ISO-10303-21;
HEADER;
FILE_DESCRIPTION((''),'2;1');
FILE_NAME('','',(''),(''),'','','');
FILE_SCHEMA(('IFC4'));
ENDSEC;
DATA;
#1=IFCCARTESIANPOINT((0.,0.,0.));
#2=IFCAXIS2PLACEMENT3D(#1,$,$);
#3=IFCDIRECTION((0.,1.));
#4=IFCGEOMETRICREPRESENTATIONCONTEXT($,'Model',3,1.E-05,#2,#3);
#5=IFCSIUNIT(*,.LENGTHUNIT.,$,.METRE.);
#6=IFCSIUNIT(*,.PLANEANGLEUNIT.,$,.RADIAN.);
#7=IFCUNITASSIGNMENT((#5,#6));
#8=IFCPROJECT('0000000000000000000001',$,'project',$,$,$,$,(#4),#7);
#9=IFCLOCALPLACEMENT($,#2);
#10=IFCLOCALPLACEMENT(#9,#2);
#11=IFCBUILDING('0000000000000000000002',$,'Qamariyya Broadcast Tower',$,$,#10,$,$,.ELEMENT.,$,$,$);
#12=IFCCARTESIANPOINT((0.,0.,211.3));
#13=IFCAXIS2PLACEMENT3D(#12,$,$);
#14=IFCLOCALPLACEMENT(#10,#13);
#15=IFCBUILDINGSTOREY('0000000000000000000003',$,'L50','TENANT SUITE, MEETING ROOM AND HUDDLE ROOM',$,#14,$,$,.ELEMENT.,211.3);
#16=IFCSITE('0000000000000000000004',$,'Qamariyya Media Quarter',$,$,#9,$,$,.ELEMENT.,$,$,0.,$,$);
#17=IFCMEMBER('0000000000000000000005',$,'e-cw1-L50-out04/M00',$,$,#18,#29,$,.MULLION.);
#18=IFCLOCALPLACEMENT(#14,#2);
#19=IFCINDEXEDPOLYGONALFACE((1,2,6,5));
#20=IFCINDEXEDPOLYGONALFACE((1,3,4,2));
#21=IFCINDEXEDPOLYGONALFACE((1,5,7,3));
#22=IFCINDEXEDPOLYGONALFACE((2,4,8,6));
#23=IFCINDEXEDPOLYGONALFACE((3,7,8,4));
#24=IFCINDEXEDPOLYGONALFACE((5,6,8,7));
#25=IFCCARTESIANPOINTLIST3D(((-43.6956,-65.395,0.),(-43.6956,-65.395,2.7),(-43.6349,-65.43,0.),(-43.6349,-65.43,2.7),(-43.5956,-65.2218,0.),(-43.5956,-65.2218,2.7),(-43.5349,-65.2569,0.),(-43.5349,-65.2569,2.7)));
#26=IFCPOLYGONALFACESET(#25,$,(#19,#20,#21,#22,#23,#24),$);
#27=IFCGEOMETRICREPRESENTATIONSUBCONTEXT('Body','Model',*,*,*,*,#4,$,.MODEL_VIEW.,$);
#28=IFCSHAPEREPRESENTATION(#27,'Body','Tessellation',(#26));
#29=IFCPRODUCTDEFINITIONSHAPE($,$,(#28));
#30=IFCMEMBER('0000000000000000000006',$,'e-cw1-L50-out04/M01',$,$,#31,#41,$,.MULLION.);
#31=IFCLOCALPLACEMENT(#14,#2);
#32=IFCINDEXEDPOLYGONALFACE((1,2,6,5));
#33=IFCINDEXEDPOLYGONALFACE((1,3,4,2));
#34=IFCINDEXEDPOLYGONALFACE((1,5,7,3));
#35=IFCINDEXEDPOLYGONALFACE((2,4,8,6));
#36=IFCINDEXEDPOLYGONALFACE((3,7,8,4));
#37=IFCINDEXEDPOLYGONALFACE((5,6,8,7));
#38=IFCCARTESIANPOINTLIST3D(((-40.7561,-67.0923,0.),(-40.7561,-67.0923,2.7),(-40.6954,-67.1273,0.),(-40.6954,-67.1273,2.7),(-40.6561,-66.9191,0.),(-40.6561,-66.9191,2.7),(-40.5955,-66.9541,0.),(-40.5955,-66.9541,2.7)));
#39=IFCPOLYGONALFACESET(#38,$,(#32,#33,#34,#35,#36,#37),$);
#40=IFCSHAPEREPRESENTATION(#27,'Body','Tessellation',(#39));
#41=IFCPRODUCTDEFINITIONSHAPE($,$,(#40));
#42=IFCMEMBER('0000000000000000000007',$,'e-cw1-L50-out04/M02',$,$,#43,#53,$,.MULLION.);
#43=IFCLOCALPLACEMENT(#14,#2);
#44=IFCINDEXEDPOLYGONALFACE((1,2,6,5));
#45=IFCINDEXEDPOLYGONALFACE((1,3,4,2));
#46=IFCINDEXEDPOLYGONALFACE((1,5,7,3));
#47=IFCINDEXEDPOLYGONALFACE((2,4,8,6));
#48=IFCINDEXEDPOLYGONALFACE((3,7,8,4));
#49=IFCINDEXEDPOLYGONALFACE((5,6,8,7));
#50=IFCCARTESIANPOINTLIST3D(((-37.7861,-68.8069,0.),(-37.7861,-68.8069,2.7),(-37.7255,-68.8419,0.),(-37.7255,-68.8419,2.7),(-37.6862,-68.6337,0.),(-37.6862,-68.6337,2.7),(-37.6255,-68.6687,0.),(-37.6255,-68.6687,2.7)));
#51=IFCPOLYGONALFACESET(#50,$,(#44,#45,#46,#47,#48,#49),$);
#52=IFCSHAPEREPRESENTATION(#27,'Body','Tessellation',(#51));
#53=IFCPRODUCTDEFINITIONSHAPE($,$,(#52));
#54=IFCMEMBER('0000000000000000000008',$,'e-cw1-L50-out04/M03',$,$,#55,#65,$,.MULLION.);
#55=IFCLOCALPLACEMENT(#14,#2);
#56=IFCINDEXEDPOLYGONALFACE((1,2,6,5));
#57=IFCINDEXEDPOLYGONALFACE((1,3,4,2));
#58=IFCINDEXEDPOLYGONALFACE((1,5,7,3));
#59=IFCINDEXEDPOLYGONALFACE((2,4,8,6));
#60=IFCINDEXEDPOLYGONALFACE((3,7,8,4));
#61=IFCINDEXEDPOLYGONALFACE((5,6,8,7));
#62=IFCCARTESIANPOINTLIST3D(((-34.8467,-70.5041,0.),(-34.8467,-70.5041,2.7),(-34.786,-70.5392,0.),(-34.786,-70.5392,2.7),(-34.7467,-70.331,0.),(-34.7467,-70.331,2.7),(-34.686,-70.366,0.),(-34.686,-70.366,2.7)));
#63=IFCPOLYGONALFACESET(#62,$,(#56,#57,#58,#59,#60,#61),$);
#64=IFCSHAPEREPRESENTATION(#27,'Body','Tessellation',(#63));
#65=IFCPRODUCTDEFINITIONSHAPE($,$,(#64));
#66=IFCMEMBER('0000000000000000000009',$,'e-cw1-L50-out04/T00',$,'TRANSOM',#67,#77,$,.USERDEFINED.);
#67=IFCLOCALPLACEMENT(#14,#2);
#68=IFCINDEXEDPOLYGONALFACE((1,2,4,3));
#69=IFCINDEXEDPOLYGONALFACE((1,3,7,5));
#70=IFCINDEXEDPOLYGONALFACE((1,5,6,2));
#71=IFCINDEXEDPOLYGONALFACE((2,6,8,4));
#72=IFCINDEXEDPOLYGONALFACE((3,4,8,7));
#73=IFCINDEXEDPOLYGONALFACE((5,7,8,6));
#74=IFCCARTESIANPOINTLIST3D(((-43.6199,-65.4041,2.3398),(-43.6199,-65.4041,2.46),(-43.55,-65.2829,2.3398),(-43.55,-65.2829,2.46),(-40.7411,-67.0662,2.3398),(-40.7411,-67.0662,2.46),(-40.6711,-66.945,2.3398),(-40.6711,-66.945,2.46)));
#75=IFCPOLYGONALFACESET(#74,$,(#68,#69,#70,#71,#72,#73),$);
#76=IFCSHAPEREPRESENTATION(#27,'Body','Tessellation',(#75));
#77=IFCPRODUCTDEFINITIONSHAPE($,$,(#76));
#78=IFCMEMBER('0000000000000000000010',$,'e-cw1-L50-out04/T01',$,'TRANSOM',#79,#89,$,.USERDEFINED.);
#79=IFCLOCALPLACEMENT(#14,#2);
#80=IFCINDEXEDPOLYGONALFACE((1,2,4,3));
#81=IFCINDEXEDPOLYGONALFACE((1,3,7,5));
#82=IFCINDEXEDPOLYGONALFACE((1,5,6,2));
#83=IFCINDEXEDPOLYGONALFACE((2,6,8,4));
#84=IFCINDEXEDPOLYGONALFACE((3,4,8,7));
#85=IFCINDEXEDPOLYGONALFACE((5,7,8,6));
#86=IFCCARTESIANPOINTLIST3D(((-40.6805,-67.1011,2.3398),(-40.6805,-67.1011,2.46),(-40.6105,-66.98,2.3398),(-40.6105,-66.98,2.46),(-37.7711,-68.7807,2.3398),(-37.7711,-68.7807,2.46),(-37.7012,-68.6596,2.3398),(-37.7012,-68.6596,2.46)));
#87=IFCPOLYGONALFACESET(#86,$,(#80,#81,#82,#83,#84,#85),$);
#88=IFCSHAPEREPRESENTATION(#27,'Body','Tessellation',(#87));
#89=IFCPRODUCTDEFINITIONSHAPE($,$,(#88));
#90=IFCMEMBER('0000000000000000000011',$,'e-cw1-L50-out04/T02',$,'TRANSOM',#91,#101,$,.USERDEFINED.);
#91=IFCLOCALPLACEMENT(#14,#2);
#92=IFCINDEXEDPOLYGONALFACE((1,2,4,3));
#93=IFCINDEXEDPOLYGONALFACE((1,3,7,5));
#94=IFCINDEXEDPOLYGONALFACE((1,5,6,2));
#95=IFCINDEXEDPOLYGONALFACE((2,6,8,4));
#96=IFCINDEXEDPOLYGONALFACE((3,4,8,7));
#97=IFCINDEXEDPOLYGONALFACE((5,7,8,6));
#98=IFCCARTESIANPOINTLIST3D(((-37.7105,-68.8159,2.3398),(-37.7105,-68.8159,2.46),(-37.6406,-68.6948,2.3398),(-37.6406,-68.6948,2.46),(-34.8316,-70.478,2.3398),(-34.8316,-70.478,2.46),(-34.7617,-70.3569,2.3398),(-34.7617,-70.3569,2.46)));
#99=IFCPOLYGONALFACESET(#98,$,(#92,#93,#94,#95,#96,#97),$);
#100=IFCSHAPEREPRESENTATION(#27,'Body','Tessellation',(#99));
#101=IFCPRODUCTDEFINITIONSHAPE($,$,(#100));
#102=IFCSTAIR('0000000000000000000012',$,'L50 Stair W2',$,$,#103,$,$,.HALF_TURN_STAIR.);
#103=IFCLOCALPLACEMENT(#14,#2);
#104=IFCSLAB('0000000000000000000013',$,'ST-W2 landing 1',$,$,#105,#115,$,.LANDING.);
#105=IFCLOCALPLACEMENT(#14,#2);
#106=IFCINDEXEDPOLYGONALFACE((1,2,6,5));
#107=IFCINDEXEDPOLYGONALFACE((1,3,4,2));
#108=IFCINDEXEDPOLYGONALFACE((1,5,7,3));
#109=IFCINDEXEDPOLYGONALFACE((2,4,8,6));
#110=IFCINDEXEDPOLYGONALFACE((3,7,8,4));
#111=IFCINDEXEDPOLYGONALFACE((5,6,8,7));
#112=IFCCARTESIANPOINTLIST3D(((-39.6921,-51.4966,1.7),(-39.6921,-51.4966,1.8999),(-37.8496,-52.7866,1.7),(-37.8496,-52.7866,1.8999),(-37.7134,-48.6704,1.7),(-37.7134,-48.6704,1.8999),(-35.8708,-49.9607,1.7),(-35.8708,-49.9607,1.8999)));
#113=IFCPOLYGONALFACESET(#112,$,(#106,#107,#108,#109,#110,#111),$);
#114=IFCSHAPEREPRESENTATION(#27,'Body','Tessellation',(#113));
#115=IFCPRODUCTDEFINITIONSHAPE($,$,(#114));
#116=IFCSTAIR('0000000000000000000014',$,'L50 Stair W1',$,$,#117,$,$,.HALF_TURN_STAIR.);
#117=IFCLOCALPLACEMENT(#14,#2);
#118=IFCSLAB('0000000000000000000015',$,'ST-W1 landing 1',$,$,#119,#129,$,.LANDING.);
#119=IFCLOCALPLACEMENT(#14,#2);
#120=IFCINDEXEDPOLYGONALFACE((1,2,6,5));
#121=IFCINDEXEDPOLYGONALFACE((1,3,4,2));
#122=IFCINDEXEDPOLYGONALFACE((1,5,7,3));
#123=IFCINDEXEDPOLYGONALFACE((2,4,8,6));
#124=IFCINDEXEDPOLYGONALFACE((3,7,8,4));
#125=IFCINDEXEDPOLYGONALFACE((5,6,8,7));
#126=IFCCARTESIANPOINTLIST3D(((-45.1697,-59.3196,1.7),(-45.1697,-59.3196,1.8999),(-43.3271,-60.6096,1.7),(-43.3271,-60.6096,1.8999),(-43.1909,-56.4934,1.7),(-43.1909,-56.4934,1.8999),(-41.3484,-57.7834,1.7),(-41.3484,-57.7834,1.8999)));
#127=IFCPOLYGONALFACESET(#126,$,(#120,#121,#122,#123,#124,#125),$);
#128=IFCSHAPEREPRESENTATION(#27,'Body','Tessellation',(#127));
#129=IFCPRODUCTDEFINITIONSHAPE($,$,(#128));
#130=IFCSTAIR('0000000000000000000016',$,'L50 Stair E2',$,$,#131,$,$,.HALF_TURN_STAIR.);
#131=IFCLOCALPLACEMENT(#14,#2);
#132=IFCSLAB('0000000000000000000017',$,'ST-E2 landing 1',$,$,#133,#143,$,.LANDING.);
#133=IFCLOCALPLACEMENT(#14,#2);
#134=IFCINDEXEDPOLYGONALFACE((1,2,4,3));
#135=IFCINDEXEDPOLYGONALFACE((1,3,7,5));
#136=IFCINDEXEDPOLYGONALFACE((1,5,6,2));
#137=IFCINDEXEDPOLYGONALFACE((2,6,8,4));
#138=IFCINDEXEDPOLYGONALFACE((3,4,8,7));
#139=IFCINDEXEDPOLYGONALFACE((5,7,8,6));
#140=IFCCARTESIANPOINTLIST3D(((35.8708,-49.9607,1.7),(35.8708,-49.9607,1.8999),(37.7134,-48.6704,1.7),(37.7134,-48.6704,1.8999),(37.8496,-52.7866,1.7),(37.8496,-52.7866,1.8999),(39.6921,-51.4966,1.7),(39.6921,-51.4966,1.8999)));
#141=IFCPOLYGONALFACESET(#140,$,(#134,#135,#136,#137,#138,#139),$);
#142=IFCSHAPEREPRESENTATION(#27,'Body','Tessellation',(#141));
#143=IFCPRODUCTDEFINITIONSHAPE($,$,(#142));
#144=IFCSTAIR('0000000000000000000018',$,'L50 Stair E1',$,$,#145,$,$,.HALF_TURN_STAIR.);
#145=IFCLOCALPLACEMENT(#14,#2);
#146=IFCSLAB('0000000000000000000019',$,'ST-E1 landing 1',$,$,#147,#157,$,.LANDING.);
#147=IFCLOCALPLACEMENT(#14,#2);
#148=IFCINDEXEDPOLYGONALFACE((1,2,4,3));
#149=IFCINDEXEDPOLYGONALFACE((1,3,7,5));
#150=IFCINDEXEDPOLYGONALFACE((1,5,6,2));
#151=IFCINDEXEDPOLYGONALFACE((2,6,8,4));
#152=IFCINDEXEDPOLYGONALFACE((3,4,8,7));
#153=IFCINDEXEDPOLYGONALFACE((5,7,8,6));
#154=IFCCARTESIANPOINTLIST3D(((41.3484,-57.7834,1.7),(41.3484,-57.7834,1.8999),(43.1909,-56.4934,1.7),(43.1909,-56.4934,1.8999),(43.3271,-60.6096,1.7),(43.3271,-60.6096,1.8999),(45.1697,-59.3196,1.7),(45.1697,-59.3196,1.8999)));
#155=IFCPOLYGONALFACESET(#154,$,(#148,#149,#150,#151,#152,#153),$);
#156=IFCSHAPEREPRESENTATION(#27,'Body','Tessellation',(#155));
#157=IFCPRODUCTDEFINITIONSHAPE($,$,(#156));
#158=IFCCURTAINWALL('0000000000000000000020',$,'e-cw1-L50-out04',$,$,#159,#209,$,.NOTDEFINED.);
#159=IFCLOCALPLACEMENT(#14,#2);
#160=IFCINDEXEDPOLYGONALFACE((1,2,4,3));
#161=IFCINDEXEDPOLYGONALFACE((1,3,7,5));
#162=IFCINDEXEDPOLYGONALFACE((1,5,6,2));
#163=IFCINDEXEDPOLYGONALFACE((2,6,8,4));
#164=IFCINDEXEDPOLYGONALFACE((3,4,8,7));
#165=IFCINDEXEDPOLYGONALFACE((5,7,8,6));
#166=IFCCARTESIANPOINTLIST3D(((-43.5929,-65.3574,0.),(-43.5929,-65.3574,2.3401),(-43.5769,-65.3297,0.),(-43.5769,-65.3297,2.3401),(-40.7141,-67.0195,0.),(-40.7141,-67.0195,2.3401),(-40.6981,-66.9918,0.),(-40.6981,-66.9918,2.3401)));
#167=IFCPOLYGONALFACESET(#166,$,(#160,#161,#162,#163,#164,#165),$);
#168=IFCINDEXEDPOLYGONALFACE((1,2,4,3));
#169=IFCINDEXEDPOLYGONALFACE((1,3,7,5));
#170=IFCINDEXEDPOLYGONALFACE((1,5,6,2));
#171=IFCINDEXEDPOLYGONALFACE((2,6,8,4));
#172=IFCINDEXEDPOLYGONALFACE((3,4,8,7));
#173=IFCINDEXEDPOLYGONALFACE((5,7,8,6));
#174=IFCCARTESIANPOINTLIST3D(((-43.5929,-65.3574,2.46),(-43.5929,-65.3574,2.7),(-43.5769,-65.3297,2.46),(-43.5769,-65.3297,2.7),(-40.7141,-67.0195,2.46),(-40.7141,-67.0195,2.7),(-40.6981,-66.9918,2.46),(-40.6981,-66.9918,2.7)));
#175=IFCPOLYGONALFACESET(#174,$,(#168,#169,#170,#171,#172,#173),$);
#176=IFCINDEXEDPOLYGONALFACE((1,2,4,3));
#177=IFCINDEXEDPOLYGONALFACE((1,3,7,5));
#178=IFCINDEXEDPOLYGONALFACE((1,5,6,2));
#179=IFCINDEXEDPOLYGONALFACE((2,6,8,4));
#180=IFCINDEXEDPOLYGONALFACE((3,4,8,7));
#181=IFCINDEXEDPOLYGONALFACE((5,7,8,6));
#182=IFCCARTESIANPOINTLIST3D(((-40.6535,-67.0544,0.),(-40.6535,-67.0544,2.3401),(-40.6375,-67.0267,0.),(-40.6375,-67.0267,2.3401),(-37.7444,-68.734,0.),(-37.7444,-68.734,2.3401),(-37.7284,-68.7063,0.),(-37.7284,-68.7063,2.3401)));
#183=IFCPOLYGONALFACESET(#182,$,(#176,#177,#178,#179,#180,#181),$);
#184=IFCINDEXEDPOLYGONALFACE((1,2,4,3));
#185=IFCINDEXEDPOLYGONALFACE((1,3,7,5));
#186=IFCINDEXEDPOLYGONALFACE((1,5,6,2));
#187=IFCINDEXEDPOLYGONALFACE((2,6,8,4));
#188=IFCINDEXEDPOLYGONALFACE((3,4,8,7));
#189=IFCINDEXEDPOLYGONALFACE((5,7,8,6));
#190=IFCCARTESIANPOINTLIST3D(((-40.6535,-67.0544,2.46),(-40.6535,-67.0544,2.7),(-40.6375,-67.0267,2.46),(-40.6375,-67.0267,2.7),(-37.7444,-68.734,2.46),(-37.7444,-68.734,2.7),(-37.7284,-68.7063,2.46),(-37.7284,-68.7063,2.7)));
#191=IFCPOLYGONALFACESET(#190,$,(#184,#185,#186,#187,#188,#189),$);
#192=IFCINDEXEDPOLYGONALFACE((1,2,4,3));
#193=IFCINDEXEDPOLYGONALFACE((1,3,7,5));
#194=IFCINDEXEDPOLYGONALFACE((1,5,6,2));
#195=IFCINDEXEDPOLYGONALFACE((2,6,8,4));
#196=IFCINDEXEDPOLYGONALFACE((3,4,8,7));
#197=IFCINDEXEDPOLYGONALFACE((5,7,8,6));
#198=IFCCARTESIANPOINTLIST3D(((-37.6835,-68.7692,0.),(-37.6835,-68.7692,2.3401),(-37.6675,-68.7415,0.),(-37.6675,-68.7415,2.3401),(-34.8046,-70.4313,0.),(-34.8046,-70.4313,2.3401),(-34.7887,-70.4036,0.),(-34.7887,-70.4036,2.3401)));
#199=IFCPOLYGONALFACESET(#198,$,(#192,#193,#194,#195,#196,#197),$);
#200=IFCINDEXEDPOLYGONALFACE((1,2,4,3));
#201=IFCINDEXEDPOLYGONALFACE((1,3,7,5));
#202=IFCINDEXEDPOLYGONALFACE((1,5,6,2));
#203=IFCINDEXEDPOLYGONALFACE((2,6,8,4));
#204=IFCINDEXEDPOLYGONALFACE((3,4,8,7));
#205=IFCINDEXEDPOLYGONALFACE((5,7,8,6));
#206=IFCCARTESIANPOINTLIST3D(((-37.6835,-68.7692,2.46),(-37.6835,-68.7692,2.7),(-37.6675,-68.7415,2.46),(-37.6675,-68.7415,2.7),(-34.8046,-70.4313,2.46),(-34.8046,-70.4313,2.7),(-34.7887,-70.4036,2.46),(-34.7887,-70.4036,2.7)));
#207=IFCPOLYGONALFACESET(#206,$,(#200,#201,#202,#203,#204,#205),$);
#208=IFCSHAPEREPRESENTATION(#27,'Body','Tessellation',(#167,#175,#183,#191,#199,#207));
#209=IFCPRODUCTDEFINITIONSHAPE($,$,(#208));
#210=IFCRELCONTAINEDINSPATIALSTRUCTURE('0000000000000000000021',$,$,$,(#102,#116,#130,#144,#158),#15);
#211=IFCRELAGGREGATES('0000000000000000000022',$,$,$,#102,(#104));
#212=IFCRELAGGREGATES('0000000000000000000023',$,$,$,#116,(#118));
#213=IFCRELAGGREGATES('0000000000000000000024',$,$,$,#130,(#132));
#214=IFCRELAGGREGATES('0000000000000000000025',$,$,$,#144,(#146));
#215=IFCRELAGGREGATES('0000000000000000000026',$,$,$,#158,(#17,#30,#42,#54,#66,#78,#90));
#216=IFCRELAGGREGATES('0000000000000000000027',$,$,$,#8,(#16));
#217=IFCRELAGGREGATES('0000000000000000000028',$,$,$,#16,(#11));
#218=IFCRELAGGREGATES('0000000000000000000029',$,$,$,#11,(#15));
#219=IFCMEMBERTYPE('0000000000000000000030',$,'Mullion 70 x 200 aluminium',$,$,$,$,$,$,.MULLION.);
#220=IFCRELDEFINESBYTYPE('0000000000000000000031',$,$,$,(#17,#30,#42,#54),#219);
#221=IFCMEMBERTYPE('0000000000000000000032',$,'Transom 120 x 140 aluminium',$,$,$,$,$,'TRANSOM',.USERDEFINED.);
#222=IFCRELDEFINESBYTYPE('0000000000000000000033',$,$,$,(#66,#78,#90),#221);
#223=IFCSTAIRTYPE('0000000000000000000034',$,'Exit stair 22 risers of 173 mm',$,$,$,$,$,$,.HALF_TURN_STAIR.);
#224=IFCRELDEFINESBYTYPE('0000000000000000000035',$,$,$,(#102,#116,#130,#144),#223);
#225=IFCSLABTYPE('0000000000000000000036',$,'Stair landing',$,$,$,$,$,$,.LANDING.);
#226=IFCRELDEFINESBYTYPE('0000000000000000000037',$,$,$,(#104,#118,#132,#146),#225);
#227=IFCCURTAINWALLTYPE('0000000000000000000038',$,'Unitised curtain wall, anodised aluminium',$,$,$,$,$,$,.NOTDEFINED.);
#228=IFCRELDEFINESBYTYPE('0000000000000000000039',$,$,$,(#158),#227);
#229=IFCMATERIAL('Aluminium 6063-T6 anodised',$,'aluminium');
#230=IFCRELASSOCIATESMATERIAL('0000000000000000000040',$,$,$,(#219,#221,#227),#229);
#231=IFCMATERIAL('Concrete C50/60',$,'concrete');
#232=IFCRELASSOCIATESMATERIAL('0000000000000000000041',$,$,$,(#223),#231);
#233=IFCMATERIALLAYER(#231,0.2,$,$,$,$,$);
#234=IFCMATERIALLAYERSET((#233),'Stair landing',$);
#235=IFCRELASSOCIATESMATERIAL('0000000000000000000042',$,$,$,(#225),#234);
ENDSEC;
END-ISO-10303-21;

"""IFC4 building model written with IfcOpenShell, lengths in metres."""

from ifc_helpers import new_model, si_unit, direction, frame, origin, origin_2d, place, context, subcontext, project, spatial, polyline, rectangle, outline, extrude, material, layer, layer_set, material_profile, profile_set, type_object, element, aggregate, save


model = new_model("IFC4")

# Units and contexts
model_context = context("Model", 3, precision=1e-05, world=origin(), true_north=direction((0.0, 1.0)))
body_context = subcontext(model_context, "Body", "Model", "MODEL_VIEW")
ifc_project = project(units=[si_unit("LENGTHUNIT", "METRE"), si_unit("PLANEANGLEUNIT", "RADIAN")], contexts=[model_context])

# Members
ifc_material_1 = material(Name="Aluminium 6063-T6 anodised", Category="aluminium")
ifc_material_profile_1 = material_profile(ifc_material_1, rectangle(XDim=0.2, YDim=0.0701, at=origin_2d()))
ifc_profile_set_1 = profile_set([ifc_material_profile_1], Name="Aluminium 6063-T6 anodised")
member_type_1 = type_object("IfcMemberType", Name="Mullion 70 x 200 aluminium", PredefinedType="MULLION", material=ifc_profile_set_1)
site_placement = place(None, origin())
building_placement = place(site_placement, origin())
storey_placement = place(building_placement, frame((0.0, 0.0, 211.3)))
member_1_placement = place(storey_placement, frame((-43.6152, -65.3259, 0.0), z_axis=(0.0, 0.0, 1.0), x_axis=(0.5, 0.866025, 0.0)))
member_1 = element("IfcMember", 1, at=member_1_placement, type_object=member_type_1, Name="e-cw1-L50-out04/M00", PredefinedType="MULLION", context=body_context, shape_type="SweptSolid", body=[
    extrude(rectangle(XDim=0.2, YDim=0.0701, at=origin_2d()), origin(), (0.0, 0.0, 1.0), 2.7),
])
member_2_placement = place(storey_placement, frame((-40.6758, -67.0232, 0.0), z_axis=(0.0, 0.0, 1.0), x_axis=(0.5, 0.866025, 0.0)))
member_2 = element("IfcMember", 2, at=member_2_placement, type_object=member_type_1, Name="e-cw1-L50-out04/M01", PredefinedType="MULLION", context=body_context, shape_type="SweptSolid", body=[
    extrude(rectangle(XDim=0.2, YDim=0.0701, at=origin_2d()), origin(), (0.0, 0.0, 1.0), 2.7),
])
member_3_placement = place(storey_placement, frame((-37.7058, -68.7378, 0.0), z_axis=(0.0, 0.0, 1.0), x_axis=(0.5, 0.866025, 0.0)))
member_3 = element("IfcMember", 3, at=member_3_placement, type_object=member_type_1, Name="e-cw1-L50-out04/M02", PredefinedType="MULLION", context=body_context, shape_type="SweptSolid", body=[
    extrude(rectangle(XDim=0.2, YDim=0.0701, at=origin_2d()), origin(), (0.0, 0.0, 1.0), 2.7),
])
member_4_placement = place(storey_placement, frame((-34.7664, -70.4351, 0.0), z_axis=(0.0, 0.0, 1.0), x_axis=(0.5, 0.866025, 0.0)))
member_4 = element("IfcMember", 4, at=member_4_placement, type_object=member_type_1, Name="e-cw1-L50-out04/M03", PredefinedType="MULLION", context=body_context, shape_type="SweptSolid", body=[
    extrude(rectangle(XDim=0.2, YDim=0.0701, at=origin_2d()), origin(), (0.0, 0.0, 1.0), 2.7),
])
ifc_material_profile_2 = material_profile(ifc_material_1, rectangle(XDim=0.1399, YDim=0.1201, at=origin_2d()))
ifc_profile_set_2 = profile_set([ifc_material_profile_2], Name="Aluminium 6063-T6 anodised")
member_type_2 = type_object("IfcMemberType", Name="Transom 120 x 140 aluminium", ElementType="TRANSOM", PredefinedType="USERDEFINED", material=ifc_profile_set_2)
member_5_placement = place(storey_placement, frame((-43.585, -65.3435, 2.3999), z_axis=(0.866029, -0.499994, 0.0), x_axis=(0.499994, 0.866029, 0.0)))
member_5 = element("IfcMember", 5, at=member_5_placement, type_object=member_type_2, Name="e-cw1-L50-out04/T00", ObjectType="TRANSOM", PredefinedType="USERDEFINED", context=body_context, shape_type="SweptSolid", body=[
    extrude(rectangle(XDim=0.1399, YDim=0.1201, at=origin_2d()), origin(), (0.0, 0.0, 1.0), 3.3242),
])
member_6_placement = place(storey_placement, frame((-40.6455, -67.0405, 2.3999), z_axis=(0.866034, -0.499985, 0.0), x_axis=(0.499985, 0.866034, 0.0)))
member_6 = element("IfcMember", 6, at=member_6_placement, type_object=member_type_2, Name="e-cw1-L50-out04/T01", ObjectType="TRANSOM", PredefinedType="USERDEFINED", context=body_context, shape_type="SweptSolid", body=[
    extrude(rectangle(XDim=0.1399, YDim=0.1201, at=origin_2d()), origin(), (0.0, 0.0, 1.0), 3.3594),
])
member_7_placement = place(storey_placement, frame((-37.6755, -68.7554, 2.3999), z_axis=(0.866029, -0.499994, 0.0), x_axis=(0.499994, 0.866029, 0.0)))
member_7 = element("IfcMember", 7, at=member_7_placement, type_object=member_type_2, Name="e-cw1-L50-out04/T02", ObjectType="TRANSOM", PredefinedType="USERDEFINED", context=body_context, shape_type="SweptSolid", body=[
    extrude(rectangle(XDim=0.1399, YDim=0.1201, at=origin_2d()), origin(), (0.0, 0.0, 1.0), 3.3242),
])

# Site, building, storey
site = spatial("IfcSite", under=ifc_project, at=site_placement, Name="Qamariyya Media Quarter", CompositionType="ELEMENT", RefElevation=0.0)
building = spatial("IfcBuilding", under=site, at=building_placement, Name="Qamariyya Broadcast Tower", CompositionType="ELEMENT")
storey = spatial("IfcBuildingStorey", under=building, at=storey_placement, Name="L50", Description="TENANT SUITE, MEETING ROOM AND HUDDLE ROOM", CompositionType="ELEMENT", Elevation=211.3)

# Stairs, slabs
ifc_material_2 = material(Name="Concrete C50/60", Category="concrete")
stair_type = type_object("IfcStairType", Name="Exit stair 22 risers of 173 mm", PredefinedType="HALF_TURN_STAIR", material=ifc_material_2)
stair_1_placement = place(storey_placement, origin())
stair_1 = element("IfcStair", 8, at=stair_1_placement, inside=storey, type_object=stair_type, Name="L50 Stair W2", PredefinedType="HALF_TURN_STAIR")
ifc_layer = layer(ifc_material_2, 0.2)
ifc_layer_set = layer_set([ifc_layer], Name="Stair landing")
slab_type = type_object("IfcSlabType", Name="Stair landing", PredefinedType="LANDING", material=ifc_layer_set)
slab_1_placement = place(storey_placement, frame((0.0, 0.0, 1.7)))
slab_1 = element("IfcSlab", 9, at=slab_1_placement, type_object=slab_type, Name="ST-W2 landing 1", PredefinedType="LANDING", context=body_context, shape_type="SweptSolid", body=[
    extrude(outline(polyline([(-39.6921, -51.4966), (-37.8496, -52.7866), (-35.8708, -49.9607), (-37.7134, -48.6704), (-39.6921, -51.4966)])), origin(), (0.0, 0.0, 1.0), 0.2),
])
aggregate(stair_1, [slab_1])
stair_2_placement = place(storey_placement, origin())
stair_2 = element("IfcStair", 10, at=stair_2_placement, inside=storey, type_object=stair_type, Name="L50 Stair W1", PredefinedType="HALF_TURN_STAIR")
slab_2_placement = place(storey_placement, frame((0.0, 0.0, 1.7)))
slab_2 = element("IfcSlab", 11, at=slab_2_placement, type_object=slab_type, Name="ST-W1 landing 1", PredefinedType="LANDING", context=body_context, shape_type="SweptSolid", body=[
    extrude(outline(polyline([(-45.1697, -59.3196), (-43.3271, -60.6096), (-41.3484, -57.7834), (-43.1909, -56.4934), (-45.1697, -59.3196)])), origin(), (0.0, 0.0, 1.0), 0.2),
])
aggregate(stair_2, [slab_2])
stair_3_placement = place(storey_placement, origin())
stair_3 = element("IfcStair", 12, at=stair_3_placement, inside=storey, type_object=stair_type, Name="L50 Stair E2", PredefinedType="HALF_TURN_STAIR")
slab_3_placement = place(storey_placement, frame((0.0, 0.0, 1.7)))
slab_3 = element("IfcSlab", 13, at=slab_3_placement, type_object=slab_type, Name="ST-E2 landing 1", PredefinedType="LANDING", context=body_context, shape_type="SweptSolid", body=[
    extrude(outline(polyline([(37.7134, -48.6704), (35.8708, -49.9607), (37.8496, -52.7866), (39.6921, -51.4966), (37.7134, -48.6704)])), origin(), (0.0, 0.0, 1.0), 0.2),
])
aggregate(stair_3, [slab_3])
stair_4_placement = place(storey_placement, origin())
stair_4 = element("IfcStair", 14, at=stair_4_placement, inside=storey, type_object=stair_type, Name="L50 Stair E1", PredefinedType="HALF_TURN_STAIR")
slab_4_placement = place(storey_placement, frame((0.0, 0.0, 1.7)))
slab_4 = element("IfcSlab", 15, at=slab_4_placement, type_object=slab_type, Name="ST-E1 landing 1", PredefinedType="LANDING", context=body_context, shape_type="SweptSolid", body=[
    extrude(outline(polyline([(43.1909, -56.4934), (41.3484, -57.7834), (43.3271, -60.6096), (45.1697, -59.3196), (43.1909, -56.4934)])), origin(), (0.0, 0.0, 1.0), 0.2),
])
aggregate(stair_4, [slab_4])

# Curtain wall
curtain_wall_type = type_object("IfcCurtainWallType", Name="Unitised curtain wall, anodised aluminium", PredefinedType="NOTDEFINED", material=ifc_material_1)
curtain_wall_placement = place(storey_placement, origin())
curtain_wall = element("IfcCurtainWall", 16, at=curtain_wall_placement, inside=storey, type_object=curtain_wall_type, Name="e-cw1-L50-out04", PredefinedType="NOTDEFINED", context=body_context, shape_type="SweptSolid", body=[
    extrude(rectangle(XDim=3.3242, YDim=0.032, at=origin_2d()), frame((-42.1455, -66.1746, 0.0), x_axis=(0.866028, -0.499996, 0.0)), (0.0, 0.0, 1.0), 2.3401),
    extrude(rectangle(XDim=3.3242, YDim=0.032, at=origin_2d()), frame((-42.1455, -66.1746, 2.46), x_axis=(0.866028, -0.499996, 0.0)), (0.0, 0.0, 1.0), 0.24),
    extrude(rectangle(XDim=3.3591, YDim=0.032, at=origin_2d()), frame((-39.1909, -67.8804, 0.0), x_axis=(0.866028, -0.499996, 0.0)), (0.0, 0.0, 1.0), 2.3401),
    extrude(rectangle(XDim=3.3591, YDim=0.032, at=origin_2d()), frame((-39.1909, -67.8804, 2.46), x_axis=(0.866028, -0.499996, 0.0)), (0.0, 0.0, 1.0), 0.24),
    extrude(rectangle(XDim=3.3242, YDim=0.032, at=origin_2d()), frame((-36.2361, -69.5864, 0.0), x_axis=(0.866028, -0.499996, 0.0)), (0.0, 0.0, 1.0), 2.3401),
    extrude(rectangle(XDim=3.3242, YDim=0.032, at=origin_2d()), frame((-36.2361, -69.5864, 2.46), x_axis=(0.866028, -0.499996, 0.0)), (0.0, 0.0, 1.0), 0.24),
])
aggregate(curtain_wall, [member_1, member_2, member_3, member_4, member_5, member_6, member_7])

save(model, "model.ifc")
